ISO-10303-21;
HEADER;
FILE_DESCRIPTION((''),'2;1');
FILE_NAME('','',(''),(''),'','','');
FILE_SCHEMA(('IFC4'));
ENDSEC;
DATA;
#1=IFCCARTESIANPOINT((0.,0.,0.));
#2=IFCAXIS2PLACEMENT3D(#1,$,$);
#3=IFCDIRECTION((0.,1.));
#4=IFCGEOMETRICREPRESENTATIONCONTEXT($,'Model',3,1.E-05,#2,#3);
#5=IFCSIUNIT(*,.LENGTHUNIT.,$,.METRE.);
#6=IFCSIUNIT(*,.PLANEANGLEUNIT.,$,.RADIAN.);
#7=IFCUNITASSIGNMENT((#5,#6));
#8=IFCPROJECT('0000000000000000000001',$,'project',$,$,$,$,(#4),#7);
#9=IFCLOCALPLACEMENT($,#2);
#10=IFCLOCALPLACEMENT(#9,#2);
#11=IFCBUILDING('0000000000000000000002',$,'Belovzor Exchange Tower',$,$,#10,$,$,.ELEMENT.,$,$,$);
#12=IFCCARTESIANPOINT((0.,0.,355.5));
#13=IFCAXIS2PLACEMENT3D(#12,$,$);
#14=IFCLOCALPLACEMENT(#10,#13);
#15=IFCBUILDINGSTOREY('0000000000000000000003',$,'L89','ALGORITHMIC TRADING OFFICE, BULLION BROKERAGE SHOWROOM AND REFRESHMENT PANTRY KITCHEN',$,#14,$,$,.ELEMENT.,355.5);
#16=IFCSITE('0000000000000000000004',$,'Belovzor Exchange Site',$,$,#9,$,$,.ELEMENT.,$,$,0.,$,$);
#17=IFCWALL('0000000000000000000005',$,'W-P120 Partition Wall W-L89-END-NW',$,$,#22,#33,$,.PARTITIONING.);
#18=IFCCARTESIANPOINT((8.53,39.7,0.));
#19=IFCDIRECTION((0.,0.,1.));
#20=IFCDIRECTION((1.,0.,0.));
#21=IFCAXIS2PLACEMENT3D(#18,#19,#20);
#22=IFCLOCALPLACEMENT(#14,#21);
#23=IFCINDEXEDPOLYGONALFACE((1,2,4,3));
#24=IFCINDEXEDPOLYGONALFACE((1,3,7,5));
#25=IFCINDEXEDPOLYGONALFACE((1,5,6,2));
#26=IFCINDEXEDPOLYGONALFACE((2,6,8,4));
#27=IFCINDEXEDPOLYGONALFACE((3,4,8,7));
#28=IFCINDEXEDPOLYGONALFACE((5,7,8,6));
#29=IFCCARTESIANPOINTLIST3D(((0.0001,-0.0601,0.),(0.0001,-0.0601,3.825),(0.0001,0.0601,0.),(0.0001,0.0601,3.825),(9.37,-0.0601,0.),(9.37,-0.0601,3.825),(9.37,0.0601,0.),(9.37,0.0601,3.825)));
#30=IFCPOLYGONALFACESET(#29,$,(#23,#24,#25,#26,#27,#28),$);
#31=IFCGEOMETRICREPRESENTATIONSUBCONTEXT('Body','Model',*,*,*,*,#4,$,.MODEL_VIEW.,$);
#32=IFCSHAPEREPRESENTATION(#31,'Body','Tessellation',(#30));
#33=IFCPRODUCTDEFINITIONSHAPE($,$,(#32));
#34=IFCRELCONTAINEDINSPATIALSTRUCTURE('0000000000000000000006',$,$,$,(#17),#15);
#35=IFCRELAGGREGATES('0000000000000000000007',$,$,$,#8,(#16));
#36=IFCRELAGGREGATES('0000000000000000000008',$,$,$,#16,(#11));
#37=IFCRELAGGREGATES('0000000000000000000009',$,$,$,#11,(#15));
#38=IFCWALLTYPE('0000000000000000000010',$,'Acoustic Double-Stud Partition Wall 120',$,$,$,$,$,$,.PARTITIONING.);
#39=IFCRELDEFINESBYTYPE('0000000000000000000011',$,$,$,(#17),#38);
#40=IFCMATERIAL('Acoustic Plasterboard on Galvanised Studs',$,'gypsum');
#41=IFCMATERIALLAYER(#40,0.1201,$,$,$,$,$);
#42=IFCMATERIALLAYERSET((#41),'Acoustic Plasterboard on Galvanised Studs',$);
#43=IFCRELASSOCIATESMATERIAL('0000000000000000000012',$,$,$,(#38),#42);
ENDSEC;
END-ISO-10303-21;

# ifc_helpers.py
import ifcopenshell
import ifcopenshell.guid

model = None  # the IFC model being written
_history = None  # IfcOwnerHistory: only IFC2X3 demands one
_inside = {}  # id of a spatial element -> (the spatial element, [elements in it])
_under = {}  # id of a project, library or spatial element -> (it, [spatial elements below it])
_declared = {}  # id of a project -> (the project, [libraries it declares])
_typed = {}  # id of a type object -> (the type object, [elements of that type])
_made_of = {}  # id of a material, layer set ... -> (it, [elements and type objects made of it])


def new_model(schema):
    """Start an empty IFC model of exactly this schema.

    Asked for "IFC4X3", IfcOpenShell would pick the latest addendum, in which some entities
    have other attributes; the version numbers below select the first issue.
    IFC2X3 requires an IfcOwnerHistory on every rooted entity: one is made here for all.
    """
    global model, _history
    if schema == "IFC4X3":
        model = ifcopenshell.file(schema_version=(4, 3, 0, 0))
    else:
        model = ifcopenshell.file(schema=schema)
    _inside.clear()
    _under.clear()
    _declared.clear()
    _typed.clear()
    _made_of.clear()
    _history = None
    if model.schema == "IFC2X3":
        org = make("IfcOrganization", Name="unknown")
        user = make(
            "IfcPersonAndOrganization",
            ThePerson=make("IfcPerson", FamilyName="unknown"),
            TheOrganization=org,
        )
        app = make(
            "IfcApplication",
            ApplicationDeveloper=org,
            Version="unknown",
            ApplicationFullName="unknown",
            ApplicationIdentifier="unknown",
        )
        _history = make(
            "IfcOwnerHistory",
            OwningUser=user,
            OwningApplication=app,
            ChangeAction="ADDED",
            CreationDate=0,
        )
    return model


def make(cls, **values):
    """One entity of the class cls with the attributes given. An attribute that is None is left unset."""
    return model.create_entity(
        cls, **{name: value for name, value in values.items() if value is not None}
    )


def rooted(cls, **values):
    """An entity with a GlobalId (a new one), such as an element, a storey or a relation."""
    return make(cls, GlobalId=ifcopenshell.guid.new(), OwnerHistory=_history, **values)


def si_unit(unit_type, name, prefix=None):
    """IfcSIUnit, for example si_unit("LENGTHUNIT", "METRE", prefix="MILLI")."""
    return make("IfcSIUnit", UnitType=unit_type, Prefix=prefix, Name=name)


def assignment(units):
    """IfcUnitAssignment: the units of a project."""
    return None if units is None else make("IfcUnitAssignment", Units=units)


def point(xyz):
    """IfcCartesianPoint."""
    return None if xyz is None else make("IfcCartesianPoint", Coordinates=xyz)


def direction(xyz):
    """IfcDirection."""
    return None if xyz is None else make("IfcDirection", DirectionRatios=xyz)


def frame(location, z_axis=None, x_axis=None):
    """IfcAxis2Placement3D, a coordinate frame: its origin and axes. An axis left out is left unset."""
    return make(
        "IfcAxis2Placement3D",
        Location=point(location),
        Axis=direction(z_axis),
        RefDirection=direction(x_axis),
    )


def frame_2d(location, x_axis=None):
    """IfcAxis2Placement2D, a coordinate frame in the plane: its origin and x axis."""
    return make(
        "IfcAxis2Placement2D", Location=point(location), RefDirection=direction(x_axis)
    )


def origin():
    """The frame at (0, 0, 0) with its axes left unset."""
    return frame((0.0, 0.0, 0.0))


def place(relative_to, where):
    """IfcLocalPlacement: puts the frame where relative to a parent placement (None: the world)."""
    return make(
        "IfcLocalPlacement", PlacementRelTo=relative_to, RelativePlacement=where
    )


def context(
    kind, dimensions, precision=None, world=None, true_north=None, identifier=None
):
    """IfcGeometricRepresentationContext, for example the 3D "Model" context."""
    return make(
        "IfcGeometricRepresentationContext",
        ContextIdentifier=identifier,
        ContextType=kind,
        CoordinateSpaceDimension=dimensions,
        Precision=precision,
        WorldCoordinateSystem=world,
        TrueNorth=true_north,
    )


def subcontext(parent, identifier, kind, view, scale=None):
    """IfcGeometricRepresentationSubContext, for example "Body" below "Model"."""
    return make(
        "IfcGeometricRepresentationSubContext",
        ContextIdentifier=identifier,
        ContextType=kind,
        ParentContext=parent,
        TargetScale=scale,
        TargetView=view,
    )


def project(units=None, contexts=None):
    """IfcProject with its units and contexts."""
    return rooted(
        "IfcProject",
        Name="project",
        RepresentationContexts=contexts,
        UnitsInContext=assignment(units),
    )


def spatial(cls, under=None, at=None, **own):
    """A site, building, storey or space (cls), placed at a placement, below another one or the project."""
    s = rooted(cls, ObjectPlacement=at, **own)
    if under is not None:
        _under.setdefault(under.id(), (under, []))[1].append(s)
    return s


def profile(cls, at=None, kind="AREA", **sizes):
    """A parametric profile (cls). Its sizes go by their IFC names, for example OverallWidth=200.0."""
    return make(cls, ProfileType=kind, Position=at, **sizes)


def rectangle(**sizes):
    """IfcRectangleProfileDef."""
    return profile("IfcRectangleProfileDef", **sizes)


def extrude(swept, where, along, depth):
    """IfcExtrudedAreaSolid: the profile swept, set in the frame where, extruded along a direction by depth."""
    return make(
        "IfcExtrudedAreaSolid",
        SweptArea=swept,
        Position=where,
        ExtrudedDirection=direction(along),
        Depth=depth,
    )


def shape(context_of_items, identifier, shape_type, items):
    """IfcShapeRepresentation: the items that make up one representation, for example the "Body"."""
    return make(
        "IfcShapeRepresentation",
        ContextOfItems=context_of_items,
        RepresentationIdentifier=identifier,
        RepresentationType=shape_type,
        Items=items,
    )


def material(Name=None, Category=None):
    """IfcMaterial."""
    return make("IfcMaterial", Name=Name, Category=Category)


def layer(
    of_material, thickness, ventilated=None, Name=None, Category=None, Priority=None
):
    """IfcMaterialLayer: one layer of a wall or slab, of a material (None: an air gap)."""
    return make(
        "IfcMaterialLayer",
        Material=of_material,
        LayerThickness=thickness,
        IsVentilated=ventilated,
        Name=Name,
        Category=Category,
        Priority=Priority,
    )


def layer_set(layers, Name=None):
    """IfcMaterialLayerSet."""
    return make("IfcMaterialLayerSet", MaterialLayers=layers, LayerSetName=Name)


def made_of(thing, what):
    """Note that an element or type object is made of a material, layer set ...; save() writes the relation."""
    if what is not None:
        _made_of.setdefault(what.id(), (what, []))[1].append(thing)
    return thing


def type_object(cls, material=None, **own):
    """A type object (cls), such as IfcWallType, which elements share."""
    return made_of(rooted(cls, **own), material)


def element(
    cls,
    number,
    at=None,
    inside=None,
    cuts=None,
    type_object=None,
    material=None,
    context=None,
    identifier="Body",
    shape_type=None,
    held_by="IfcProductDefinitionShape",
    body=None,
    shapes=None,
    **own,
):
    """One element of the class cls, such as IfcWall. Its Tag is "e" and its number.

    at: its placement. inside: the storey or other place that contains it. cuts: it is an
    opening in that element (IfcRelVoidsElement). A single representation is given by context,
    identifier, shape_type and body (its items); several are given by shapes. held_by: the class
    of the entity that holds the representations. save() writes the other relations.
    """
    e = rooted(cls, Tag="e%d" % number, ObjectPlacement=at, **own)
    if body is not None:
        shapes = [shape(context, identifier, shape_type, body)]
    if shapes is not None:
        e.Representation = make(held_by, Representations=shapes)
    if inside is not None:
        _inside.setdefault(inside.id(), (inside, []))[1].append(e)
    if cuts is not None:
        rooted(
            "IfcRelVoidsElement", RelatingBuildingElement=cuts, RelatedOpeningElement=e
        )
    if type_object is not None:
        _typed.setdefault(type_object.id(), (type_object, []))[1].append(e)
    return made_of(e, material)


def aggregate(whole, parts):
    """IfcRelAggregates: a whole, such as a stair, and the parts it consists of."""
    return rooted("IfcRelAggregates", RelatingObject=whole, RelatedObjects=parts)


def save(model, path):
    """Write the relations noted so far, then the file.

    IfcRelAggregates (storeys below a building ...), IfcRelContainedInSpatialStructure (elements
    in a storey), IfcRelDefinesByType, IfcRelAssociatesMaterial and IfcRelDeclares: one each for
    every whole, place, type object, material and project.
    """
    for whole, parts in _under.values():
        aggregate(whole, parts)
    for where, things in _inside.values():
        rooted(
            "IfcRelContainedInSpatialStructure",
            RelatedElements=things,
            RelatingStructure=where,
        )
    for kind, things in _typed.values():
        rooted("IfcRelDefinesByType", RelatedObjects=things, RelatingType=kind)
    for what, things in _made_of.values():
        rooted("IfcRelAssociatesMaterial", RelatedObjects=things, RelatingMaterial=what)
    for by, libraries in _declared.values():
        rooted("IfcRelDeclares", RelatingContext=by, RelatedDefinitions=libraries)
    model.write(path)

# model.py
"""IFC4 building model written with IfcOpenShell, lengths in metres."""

from ifc_helpers import new_model, si_unit, direction, frame, frame_2d, origin, place, context, subcontext, project, spatial, rectangle, extrude, material, layer, layer_set, type_object, element, save


model = new_model("IFC4")

# Units and contexts
model_context = context("Model", 3, precision=1e-05, world=origin(), true_north=direction((0.0, 1.0)))
body_context = subcontext(model_context, "Body", "Model", "MODEL_VIEW")
ifc_project = project(units=[si_unit("LENGTHUNIT", "METRE"), si_unit("PLANEANGLEUNIT", "RADIAN")], contexts=[model_context])

# Site, building, storey
site_placement = place(None, origin())
site = spatial("IfcSite", under=ifc_project, at=site_placement, Name="Belovzor Exchange Site", CompositionType="ELEMENT", RefElevation=0.0)
building_placement = place(site_placement, origin())
building = spatial("IfcBuilding", under=site, at=building_placement, Name="Belovzor Exchange Tower", CompositionType="ELEMENT")
storey_placement = place(building_placement, frame((0.0, 0.0, 355.5)))
storey = spatial("IfcBuildingStorey", under=building, at=storey_placement, Name="L89", Description="ALGORITHMIC TRADING OFFICE, BULLION BROKERAGE SHOWROOM AND REFRESHMENT PANTRY KITCHEN", CompositionType="ELEMENT", Elevation=355.5)

# Shared definitions
ifc_material_1 = material(Name="Acoustic Plasterboard on Galvanised Studs", Category="gypsum")
ifc_layer_1 = layer(ifc_material_1, 0.1201)
ifc_layer_set_1 = layer_set([ifc_layer_1], Name="Acoustic Plasterboard on Galvanised Studs")
wall_type_1 = type_object("IfcWallType", Name="Acoustic Double-Stud Partition Wall 120", PredefinedType="PARTITIONING", material=ifc_layer_set_1)

# Wall
wall_1_placement = place(storey_placement, frame((8.53, 39.7, 0.0), z_axis=(0.0, 0.0, 1.0), x_axis=(1.0, 0.0, 0.0)))
element("IfcWall", 1, at=wall_1_placement, inside=storey, type_object=wall_type_1, Name="W-P120 Partition Wall W-L89-END-NW", PredefinedType="PARTITIONING", context=body_context, shape_type="SweptSolid", body=[
    extrude(rectangle(XDim=9.3699, YDim=0.1201, at=frame_2d((4.6851, 0.0))), origin(), (0.0, 0.0, 1.0), 3.825),
])

save(model, "model.ifc")
